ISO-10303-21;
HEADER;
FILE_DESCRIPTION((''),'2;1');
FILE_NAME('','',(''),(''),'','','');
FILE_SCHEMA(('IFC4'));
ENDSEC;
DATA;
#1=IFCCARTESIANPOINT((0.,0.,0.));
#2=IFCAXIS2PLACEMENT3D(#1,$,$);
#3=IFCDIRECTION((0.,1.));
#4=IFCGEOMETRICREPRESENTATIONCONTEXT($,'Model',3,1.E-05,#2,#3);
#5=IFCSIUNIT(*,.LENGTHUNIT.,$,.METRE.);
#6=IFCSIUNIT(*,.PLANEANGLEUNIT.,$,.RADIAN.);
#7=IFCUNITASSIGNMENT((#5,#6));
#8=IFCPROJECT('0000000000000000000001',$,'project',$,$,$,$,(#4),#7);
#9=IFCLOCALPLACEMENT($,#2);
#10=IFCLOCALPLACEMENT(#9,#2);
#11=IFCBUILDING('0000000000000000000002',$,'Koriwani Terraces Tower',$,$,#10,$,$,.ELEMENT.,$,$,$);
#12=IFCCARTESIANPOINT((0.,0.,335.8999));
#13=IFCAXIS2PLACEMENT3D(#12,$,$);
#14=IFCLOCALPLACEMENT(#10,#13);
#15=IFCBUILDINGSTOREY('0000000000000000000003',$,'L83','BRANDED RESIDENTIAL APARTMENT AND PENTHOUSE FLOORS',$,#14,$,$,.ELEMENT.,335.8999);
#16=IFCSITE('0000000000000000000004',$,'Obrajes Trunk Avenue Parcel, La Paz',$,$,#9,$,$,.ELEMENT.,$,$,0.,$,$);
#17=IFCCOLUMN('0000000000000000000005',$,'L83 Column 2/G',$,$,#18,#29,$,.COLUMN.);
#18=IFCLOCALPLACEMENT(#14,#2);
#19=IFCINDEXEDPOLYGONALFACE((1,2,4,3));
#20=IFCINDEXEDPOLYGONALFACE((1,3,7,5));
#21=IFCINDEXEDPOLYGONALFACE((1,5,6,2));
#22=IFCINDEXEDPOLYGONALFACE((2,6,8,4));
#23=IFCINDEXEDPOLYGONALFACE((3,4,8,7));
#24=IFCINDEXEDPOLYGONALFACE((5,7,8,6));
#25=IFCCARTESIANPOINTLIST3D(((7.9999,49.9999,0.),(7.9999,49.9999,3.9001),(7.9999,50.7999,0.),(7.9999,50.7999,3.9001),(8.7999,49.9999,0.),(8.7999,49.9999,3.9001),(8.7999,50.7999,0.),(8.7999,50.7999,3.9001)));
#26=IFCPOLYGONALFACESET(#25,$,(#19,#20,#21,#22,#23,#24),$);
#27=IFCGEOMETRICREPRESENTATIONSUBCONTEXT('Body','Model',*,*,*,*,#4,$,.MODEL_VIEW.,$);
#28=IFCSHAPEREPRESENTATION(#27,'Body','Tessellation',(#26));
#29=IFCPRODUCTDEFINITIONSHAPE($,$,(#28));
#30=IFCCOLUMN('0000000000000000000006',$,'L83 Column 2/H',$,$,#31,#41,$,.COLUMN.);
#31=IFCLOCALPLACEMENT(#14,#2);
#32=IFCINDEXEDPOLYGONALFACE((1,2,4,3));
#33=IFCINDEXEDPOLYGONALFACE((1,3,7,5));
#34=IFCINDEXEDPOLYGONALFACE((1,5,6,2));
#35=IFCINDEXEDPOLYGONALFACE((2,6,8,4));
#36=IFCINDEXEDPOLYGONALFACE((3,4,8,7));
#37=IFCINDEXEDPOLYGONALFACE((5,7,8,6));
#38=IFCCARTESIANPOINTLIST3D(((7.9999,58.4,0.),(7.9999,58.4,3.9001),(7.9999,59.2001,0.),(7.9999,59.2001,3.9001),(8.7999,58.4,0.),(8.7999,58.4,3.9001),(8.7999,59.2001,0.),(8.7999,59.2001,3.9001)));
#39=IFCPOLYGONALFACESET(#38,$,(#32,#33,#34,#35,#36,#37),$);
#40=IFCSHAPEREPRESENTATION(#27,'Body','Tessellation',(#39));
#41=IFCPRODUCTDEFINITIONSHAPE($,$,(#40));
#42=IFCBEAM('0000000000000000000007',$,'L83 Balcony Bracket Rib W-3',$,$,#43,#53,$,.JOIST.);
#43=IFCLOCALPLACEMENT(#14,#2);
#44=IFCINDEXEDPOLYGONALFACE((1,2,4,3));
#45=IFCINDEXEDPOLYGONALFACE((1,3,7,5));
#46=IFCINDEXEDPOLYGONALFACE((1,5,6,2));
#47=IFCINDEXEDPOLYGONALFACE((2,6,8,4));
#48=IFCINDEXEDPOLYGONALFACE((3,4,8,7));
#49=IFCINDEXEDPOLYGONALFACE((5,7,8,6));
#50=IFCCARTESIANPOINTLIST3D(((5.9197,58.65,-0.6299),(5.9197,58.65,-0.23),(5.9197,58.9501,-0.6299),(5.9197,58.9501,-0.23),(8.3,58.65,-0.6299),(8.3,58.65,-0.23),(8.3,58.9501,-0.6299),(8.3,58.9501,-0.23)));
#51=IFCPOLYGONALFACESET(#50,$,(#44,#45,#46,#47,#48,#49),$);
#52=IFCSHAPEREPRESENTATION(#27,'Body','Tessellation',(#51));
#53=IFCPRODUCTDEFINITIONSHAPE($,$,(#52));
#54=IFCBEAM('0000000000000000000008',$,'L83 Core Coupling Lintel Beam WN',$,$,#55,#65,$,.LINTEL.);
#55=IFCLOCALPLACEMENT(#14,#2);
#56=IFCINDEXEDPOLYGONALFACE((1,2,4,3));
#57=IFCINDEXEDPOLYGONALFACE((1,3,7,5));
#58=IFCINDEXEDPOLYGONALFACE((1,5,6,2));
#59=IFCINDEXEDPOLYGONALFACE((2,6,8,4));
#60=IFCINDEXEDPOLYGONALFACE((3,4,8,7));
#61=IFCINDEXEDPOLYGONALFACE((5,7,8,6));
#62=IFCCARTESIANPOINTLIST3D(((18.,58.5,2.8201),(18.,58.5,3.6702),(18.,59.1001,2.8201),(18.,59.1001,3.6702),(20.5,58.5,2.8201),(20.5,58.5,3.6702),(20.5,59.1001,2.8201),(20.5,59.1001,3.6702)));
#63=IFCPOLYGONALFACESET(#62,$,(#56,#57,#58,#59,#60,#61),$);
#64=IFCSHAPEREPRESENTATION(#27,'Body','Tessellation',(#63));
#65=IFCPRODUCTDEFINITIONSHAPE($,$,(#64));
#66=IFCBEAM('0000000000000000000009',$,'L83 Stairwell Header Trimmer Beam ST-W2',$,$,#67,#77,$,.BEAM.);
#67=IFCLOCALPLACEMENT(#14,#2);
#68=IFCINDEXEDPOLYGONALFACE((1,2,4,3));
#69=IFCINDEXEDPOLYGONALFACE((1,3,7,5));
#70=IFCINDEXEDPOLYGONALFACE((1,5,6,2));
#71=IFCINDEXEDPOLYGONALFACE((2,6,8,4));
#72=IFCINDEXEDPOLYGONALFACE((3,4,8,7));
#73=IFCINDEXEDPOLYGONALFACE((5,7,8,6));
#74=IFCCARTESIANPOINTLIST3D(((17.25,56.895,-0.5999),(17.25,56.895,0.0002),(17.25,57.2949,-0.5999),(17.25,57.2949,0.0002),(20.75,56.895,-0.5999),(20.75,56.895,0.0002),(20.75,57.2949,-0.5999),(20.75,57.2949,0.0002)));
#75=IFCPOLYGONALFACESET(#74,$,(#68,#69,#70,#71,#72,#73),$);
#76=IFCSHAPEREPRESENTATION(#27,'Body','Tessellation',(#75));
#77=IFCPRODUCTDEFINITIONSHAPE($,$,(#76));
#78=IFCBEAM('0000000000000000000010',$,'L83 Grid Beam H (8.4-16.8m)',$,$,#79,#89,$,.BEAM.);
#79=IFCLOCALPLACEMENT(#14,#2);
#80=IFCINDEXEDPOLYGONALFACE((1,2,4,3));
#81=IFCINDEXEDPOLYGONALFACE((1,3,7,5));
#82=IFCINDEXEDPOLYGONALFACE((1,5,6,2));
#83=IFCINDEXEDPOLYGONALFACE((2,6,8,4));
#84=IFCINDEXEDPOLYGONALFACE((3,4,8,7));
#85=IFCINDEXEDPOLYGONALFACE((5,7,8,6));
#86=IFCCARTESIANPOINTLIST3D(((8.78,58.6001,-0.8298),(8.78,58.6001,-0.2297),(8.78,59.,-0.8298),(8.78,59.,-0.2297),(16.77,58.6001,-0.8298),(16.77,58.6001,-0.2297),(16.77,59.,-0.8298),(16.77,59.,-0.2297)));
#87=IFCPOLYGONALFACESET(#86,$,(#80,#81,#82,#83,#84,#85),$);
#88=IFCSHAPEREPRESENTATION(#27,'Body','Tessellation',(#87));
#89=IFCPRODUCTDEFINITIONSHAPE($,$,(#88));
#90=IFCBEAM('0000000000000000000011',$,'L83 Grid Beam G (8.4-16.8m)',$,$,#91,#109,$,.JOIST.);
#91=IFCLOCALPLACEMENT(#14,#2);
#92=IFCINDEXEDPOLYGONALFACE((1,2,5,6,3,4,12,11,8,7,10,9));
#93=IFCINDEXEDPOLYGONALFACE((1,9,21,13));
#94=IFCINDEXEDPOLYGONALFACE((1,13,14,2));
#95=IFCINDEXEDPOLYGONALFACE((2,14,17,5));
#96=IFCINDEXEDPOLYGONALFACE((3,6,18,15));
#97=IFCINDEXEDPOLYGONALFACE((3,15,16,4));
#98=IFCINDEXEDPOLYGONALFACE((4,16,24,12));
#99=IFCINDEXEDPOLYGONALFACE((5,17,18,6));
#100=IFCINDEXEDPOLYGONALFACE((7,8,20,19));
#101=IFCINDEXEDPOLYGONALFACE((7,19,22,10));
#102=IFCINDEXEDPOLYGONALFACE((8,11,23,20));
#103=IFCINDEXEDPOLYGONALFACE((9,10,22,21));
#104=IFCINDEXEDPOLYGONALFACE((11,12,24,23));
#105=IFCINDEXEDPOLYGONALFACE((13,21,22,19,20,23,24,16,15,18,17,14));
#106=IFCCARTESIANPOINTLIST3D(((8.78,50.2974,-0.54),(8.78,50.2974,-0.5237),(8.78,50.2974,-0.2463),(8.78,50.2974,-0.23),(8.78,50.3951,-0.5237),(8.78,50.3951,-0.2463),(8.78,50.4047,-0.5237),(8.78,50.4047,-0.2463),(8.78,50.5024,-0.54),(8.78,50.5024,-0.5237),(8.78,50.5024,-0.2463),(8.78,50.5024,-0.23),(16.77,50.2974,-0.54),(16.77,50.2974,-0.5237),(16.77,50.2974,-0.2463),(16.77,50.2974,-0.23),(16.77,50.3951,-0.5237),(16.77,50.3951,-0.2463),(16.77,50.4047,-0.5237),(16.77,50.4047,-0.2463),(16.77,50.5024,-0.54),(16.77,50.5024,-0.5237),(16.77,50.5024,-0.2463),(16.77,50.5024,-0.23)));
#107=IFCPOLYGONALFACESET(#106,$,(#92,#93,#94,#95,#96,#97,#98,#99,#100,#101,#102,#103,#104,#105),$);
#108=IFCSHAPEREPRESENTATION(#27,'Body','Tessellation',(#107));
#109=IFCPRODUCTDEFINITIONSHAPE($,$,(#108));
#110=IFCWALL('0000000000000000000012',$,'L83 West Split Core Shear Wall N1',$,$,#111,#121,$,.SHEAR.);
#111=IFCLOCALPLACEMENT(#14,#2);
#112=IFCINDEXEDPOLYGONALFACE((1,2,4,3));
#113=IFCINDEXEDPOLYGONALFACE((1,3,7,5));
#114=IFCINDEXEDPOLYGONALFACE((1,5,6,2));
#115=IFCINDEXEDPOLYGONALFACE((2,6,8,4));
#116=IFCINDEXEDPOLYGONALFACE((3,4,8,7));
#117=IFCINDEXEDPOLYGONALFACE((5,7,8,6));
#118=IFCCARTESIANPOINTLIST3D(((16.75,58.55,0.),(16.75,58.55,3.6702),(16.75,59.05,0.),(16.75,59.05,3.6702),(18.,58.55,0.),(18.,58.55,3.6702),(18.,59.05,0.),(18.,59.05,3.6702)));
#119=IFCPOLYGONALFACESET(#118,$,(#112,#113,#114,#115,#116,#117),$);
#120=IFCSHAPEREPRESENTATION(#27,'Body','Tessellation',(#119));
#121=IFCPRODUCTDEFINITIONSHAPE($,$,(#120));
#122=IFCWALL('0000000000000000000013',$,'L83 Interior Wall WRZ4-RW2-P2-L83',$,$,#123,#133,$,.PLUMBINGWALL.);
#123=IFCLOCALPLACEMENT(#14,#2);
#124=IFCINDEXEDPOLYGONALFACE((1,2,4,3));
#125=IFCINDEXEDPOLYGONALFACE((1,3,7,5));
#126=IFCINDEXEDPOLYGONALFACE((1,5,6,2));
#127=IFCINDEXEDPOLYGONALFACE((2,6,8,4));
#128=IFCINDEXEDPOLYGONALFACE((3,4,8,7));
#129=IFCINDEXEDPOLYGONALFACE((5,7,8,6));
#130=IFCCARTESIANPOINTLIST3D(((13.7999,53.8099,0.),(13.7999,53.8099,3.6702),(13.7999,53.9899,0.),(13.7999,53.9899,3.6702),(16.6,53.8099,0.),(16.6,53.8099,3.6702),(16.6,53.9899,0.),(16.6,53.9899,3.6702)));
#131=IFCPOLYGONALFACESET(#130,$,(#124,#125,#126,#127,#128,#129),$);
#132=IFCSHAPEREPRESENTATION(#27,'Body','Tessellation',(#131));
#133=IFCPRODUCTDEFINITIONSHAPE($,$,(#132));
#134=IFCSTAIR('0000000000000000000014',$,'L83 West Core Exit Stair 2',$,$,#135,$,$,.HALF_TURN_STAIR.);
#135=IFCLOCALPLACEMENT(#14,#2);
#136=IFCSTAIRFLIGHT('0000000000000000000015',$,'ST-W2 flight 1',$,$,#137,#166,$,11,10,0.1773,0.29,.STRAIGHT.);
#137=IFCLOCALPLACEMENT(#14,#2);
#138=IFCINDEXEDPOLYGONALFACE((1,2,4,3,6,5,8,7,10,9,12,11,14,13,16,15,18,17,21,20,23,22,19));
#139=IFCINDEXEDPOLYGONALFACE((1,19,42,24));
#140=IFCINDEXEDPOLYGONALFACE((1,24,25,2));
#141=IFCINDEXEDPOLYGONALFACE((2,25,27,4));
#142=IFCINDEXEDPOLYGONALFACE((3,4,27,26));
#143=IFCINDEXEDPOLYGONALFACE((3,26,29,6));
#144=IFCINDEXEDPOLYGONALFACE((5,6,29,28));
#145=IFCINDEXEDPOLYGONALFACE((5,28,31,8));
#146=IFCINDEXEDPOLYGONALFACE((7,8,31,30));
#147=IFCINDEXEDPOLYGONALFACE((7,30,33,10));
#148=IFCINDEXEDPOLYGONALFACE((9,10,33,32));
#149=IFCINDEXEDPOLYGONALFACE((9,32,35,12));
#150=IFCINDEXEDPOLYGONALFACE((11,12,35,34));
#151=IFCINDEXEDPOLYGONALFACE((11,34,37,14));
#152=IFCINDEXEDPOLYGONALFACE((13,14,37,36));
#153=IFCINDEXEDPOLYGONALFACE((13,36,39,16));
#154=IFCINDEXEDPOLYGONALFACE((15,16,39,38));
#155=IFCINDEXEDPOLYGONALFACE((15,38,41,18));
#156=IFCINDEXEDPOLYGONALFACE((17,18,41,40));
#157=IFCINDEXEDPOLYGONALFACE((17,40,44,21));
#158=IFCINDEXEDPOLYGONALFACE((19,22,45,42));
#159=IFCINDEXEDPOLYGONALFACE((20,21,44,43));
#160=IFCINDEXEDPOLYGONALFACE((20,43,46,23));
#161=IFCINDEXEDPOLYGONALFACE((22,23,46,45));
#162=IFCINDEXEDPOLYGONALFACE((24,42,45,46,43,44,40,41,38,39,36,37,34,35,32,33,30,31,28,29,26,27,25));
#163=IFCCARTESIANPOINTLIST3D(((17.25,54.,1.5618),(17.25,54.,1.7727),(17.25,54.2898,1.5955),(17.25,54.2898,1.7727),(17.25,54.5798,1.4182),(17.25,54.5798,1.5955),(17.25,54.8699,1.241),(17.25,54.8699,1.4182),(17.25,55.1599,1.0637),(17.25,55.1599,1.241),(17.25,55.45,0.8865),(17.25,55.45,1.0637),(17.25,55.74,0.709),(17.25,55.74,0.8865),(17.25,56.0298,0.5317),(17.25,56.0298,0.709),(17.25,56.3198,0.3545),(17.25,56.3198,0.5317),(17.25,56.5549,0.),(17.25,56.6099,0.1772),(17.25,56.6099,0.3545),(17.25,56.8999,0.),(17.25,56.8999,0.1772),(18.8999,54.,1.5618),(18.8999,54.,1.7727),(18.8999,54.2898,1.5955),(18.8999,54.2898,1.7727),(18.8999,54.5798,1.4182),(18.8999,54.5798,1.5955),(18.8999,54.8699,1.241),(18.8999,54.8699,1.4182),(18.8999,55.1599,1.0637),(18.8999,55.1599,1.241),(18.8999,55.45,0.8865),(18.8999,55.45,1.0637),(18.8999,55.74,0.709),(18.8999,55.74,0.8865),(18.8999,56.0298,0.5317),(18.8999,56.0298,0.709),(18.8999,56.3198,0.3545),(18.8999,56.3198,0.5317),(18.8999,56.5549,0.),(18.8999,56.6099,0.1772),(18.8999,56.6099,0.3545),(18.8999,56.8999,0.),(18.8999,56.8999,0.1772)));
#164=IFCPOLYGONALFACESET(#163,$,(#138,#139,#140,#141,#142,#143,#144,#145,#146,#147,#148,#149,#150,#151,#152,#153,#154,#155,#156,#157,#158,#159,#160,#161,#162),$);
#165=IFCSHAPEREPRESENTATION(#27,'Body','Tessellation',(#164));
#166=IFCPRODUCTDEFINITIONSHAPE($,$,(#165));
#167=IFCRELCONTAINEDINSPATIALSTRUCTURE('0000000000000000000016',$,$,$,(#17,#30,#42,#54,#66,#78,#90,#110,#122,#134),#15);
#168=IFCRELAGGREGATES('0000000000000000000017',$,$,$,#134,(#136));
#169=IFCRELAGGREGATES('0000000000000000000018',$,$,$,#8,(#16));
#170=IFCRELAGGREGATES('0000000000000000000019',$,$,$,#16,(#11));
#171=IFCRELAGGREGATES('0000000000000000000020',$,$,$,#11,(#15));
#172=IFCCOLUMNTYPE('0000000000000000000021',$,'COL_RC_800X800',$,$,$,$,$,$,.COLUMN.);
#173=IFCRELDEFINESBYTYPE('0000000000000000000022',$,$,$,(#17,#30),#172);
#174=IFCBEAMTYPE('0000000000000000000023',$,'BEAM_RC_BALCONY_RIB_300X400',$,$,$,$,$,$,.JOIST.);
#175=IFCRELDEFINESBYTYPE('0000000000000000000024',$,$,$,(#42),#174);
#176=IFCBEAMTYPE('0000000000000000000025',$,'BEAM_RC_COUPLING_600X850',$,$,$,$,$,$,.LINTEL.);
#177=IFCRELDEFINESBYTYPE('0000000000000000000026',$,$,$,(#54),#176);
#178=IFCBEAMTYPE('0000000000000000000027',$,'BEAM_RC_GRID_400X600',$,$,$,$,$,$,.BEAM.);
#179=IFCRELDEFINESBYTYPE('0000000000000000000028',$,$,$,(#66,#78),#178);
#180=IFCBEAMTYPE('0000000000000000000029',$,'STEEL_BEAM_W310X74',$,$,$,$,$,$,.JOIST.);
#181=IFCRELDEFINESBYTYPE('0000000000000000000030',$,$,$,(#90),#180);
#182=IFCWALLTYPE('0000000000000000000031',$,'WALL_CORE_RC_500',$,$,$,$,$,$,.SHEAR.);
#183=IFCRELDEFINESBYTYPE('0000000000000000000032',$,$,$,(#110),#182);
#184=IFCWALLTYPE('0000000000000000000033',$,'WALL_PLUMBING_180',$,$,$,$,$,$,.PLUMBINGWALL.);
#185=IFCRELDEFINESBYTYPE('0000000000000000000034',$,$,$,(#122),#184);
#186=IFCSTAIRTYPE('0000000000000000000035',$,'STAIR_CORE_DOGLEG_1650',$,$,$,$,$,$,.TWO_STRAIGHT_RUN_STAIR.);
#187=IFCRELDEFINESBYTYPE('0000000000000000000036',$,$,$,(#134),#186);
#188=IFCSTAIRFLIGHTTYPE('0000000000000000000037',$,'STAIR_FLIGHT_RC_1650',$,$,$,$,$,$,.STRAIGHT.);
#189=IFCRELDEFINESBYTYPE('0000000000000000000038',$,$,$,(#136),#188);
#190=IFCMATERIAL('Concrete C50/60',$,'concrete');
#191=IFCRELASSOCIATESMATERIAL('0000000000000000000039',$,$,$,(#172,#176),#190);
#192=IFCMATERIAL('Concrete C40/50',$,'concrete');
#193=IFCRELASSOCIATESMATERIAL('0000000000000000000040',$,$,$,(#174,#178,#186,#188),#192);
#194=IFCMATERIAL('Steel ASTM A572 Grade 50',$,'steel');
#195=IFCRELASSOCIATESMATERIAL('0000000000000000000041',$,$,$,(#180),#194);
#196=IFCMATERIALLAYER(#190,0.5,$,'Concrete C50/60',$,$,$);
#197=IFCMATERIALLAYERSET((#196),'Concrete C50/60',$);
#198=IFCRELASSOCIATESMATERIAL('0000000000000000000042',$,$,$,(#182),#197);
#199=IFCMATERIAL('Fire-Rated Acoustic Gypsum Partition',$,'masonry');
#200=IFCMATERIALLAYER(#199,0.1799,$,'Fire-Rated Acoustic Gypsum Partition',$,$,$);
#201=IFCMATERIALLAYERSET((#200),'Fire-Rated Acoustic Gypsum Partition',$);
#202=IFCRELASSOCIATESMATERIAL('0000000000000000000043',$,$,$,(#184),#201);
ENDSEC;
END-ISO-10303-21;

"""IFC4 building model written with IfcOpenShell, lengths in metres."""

from ifc_helpers import new_model, si_unit, direction, frame, frame_2d, origin, origin_2d, place, context, subcontext, project, spatial, polyline, rectangle, i_section, outline, extrude, material, layer, layer_set, material_profile, profile_set, type_object, element, aggregate, save


model = new_model("IFC4")

# Units and contexts
model_context = context("Model", 3, precision=1e-05, world=origin(), true_north=direction((0.0, 1.0)))
body_context = subcontext(model_context, "Body", "Model", "MODEL_VIEW")
ifc_project = project(units=[si_unit("LENGTHUNIT", "METRE"), si_unit("PLANEANGLEUNIT", "RADIAN")], contexts=[model_context])

# Site, building, storey
site_placement = place(None, origin())
site = spatial("IfcSite", under=ifc_project, at=site_placement, Name="Obrajes Trunk Avenue Parcel, La Paz", CompositionType="ELEMENT", RefElevation=0.0)
building_placement = place(site_placement, origin())
building = spatial("IfcBuilding", under=site, at=building_placement, Name="Koriwani Terraces Tower", CompositionType="ELEMENT")
storey_placement = place(building_placement, frame((0.0, 0.0, 335.8999)))
storey = spatial("IfcBuildingStorey", under=building, at=storey_placement, Name="L83", Description="BRANDED RESIDENTIAL APARTMENT AND PENTHOUSE FLOORS", CompositionType="ELEMENT", Elevation=335.8999)

# Columns
ifc_material_1 = material(Name="Concrete C50/60", Category="concrete")
ifc_material_profile_1 = material_profile(ifc_material_1, rectangle(XDim=0.8, YDim=0.8, at=origin_2d()), Name="Concrete C50/60", Category="LoadBearing")
ifc_profile_set_1 = profile_set([ifc_material_profile_1], Name="Concrete C50/60")
column_type = type_object("IfcColumnType", Name="COL_RC_800X800", PredefinedType="COLUMN", material=ifc_profile_set_1)
for number, where, z_axis, x_axis, name in (
    (1, (8.3999, 50.3999, 0.0), (0.0, 0.0, 1.0), (1.0, 0.0, 0.0), "L83 Column 2/G"),
    (2, (8.3999, 58.8, 0.0), (0.0, 0.0, 1.0), (1.0, 0.0, 0.0), "L83 Column 2/H"),
):
    element("IfcColumn", number, at=place(storey_placement, frame(where, z_axis=z_axis, x_axis=x_axis)), inside=storey, type_object=column_type, Name=name, PredefinedType="COLUMN", context=body_context, shape_type="SweptSolid", body=[
        extrude(rectangle(XDim=0.8, YDim=0.8, at=origin_2d()), origin(), (0.0, 0.0, 1.0), 3.9001),
    ])

# Beams
ifc_material_2 = material(Name="Concrete C40/50", Category="concrete")
ifc_material_profile_2 = material_profile(ifc_material_2, rectangle(XDim=0.3, YDim=0.3999, at=origin_2d()), Name="Concrete C40/50", Category="LoadBearing")
ifc_profile_set_2 = profile_set([ifc_material_profile_2], Name="Concrete C40/50")
beam_type_1 = type_object("IfcBeamType", Name="BEAM_RC_BALCONY_RIB_300X400", PredefinedType="JOIST", material=ifc_profile_set_2)
beam_1_placement = place(storey_placement, frame((5.9197, 58.8, -0.4299), z_axis=(1.0, 0.0, 0.0), x_axis=(0.0, 1.0, 0.0)))
element("IfcBeam", 3, at=beam_1_placement, inside=storey, type_object=beam_type_1, Name="L83 Balcony Bracket Rib W-3", PredefinedType="JOIST", context=body_context, shape_type="SweptSolid", body=[
    extrude(rectangle(XDim=0.3, YDim=0.3999, at=origin_2d()), origin(), (0.0, 0.0, 1.0), 2.3804),
])
ifc_material_profile_3 = material_profile(ifc_material_1, rectangle(XDim=0.6001, YDim=0.8501, at=origin_2d()), Name="Concrete C50/60", Category="LoadBearing")
ifc_profile_set_3 = profile_set([ifc_material_profile_3], Name="Concrete C50/60")
beam_type_2 = type_object("IfcBeamType", Name="BEAM_RC_COUPLING_600X850", PredefinedType="LINTEL", material=ifc_profile_set_3)
beam_2_placement = place(storey_placement, frame((18.0, 58.8, 3.2451), z_axis=(1.0, 0.0, 0.0), x_axis=(0.0, 1.0, 0.0)))
element("IfcBeam", 4, at=beam_2_placement, inside=storey, type_object=beam_type_2, Name="L83 Core Coupling Lintel Beam WN", PredefinedType="LINTEL", context=body_context, shape_type="SweptSolid", body=[
    extrude(rectangle(XDim=0.6001, YDim=0.8501, at=origin_2d()), origin(), (0.0, 0.0, 1.0), 2.5),
])
ifc_material_profile_4 = material_profile(ifc_material_2, rectangle(XDim=0.3999, YDim=0.6001, at=origin_2d()), Name="Concrete C40/50", Category="LoadBearing")
ifc_profile_set_4 = profile_set([ifc_material_profile_4], Name="Concrete C40/50")
beam_type_3 = type_object("IfcBeamType", Name="BEAM_RC_GRID_400X600", PredefinedType="BEAM", material=ifc_profile_set_4)
beam_3_placement = place(storey_placement, frame((17.25, 57.095, -0.2998), z_axis=(1.0, 0.0, 0.0), x_axis=(0.0, 1.0, 0.0)))
element("IfcBeam", 5, at=beam_3_placement, inside=storey, type_object=beam_type_3, Name="L83 Stairwell Header Trimmer Beam ST-W2", PredefinedType="BEAM", context=body_context, shape_type="SweptSolid", body=[
    extrude(rectangle(XDim=0.3999, YDim=0.6001, at=origin_2d()), origin(), (0.0, 0.0, 1.0), 3.5),
])
beam_4_placement = place(storey_placement, frame((8.78, 58.8, -0.5298), z_axis=(1.0, 0.0, 0.0), x_axis=(0.0, 1.0, 0.0)))
element("IfcBeam", 6, at=beam_4_placement, inside=storey, type_object=beam_type_3, Name="L83 Grid Beam H (8.4-16.8m)", PredefinedType="BEAM", context=body_context, shape_type="SweptSolid", body=[
    extrude(rectangle(XDim=0.3999, YDim=0.6001, at=origin_2d()), origin(), (0.0, 0.0, 1.0), 7.99),
])
ifc_material_3 = material(Name="Steel ASTM A572 Grade 50", Category="steel")
ifc_material_profile_5 = material_profile(ifc_material_3, i_section(OverallWidth=0.2051, OverallDepth=0.3101, WebThickness=0.0095, FlangeThickness=0.0164, at=origin_2d()), Name="Steel ASTM A572 Grade 50", Category="LoadBearing")
ifc_profile_set_5 = profile_set([ifc_material_profile_5], Name="Steel ASTM A572 Grade 50")
beam_type_4 = type_object("IfcBeamType", Name="STEEL_BEAM_W310X74", PredefinedType="JOIST", material=ifc_profile_set_5)
beam_5_placement = place(storey_placement, frame((8.78, 50.3999, -0.385), z_axis=(1.0, 0.0, 0.0), x_axis=(0.0, 1.0, 0.0)))
element("IfcBeam", 7, at=beam_5_placement, inside=storey, type_object=beam_type_4, Name="L83 Grid Beam G (8.4-16.8m)", PredefinedType="JOIST", context=body_context, shape_type="SweptSolid", body=[
    extrude(i_section(OverallWidth=0.2051, OverallDepth=0.3101, WebThickness=0.0095, FlangeThickness=0.0164, at=origin_2d()), origin(), (0.0, 0.0, 1.0), 7.99),
])

# Walls
ifc_layer_1 = layer(ifc_material_1, 0.5, Name="Concrete C50/60")
ifc_layer_set_1 = layer_set([ifc_layer_1], Name="Concrete C50/60")
wall_type_1 = type_object("IfcWallType", Name="WALL_CORE_RC_500", PredefinedType="SHEAR", material=ifc_layer_set_1)
wall_1_placement = place(storey_placement, frame((16.75, 58.8, 0.0), z_axis=(0.0, 0.0, 1.0), x_axis=(1.0, 0.0, 0.0)))
element("IfcWall", 8, at=wall_1_placement, inside=storey, type_object=wall_type_1, Name="L83 West Split Core Shear Wall N1", PredefinedType="SHEAR", context=body_context, shape_type="SweptSolid", body=[
    extrude(rectangle(XDim=1.25, YDim=0.5, at=frame_2d((0.625, 0.0))), origin(), (0.0, 0.0, 1.0), 3.6702),
])
ifc_material_4 = material(Name="Fire-Rated Acoustic Gypsum Partition", Category="masonry")
ifc_layer_2 = layer(ifc_material_4, 0.1799, Name="Fire-Rated Acoustic Gypsum Partition")
ifc_layer_set_2 = layer_set([ifc_layer_2], Name="Fire-Rated Acoustic Gypsum Partition")
wall_type_2 = type_object("IfcWallType", Name="WALL_PLUMBING_180", PredefinedType="PLUMBINGWALL", material=ifc_layer_set_2)
wall_2_placement = place(storey_placement, frame((13.8, 53.8999, 0.0), z_axis=(0.0, 0.0, 1.0), x_axis=(1.0, 0.0, 0.0)))
element("IfcWall", 9, at=wall_2_placement, inside=storey, type_object=wall_type_2, Name="L83 Interior Wall WRZ4-RW2-P2-L83", PredefinedType="PLUMBINGWALL", context=body_context, shape_type="SweptSolid", body=[
    extrude(rectangle(XDim=2.8, YDim=0.1799, at=frame_2d((1.3999, 0.0))), origin(), (0.0, 0.0, 1.0), 3.6702),
])

# Stair, stair flight
stair_type = type_object("IfcStairType", Name="STAIR_CORE_DOGLEG_1650", PredefinedType="TWO_STRAIGHT_RUN_STAIR", material=ifc_material_2)
stair_placement = place(storey_placement, origin())
stair = element("IfcStair", 10, at=stair_placement, inside=storey, type_object=stair_type, Name="L83 West Core Exit Stair 2", PredefinedType="HALF_TURN_STAIR")
stair_flight_type = type_object("IfcStairFlightType", Name="STAIR_FLIGHT_RC_1650", PredefinedType="STRAIGHT", material=ifc_material_2)
stair_flight_1_placement = place(storey_placement, frame((18.075, 56.8999, 0.0), z_axis=(0.0, 0.0, 1.0), x_axis=(0.0, -1.0, 0.0)))
stair_flight_1 = element("IfcStairFlight", 11, at=stair_flight_1_placement, type_object=stair_flight_type, Name="ST-W2 flight 1", NumberOfRisers=11, NumberOfTreads=10, PredefinedType="STRAIGHT", RiserHeight=0.1773, TreadLength=0.29, context=body_context, shape_type="SweptSolid", body=[
    extrude(outline(polyline([(0.0, 0.0), (0.0, 0.1772), (0.29, 0.1772), (0.29, 0.3545), (0.5801, 0.3545), (0.5801, 0.5317), (0.8701, 0.5317), (0.8701, 0.709), (1.1599, 0.709), (1.1599, 0.8865), (1.45, 0.8865), (1.45, 1.0637), (1.74, 1.0637), (1.74, 1.241), (2.03, 1.241), (2.03, 1.4182), (2.3201, 1.4182), (2.3201, 1.5955), (2.6101, 1.5955), (2.6101, 1.7727), (2.8999, 1.7727), (2.8999, 1.95), (2.8999, 1.5618), (0.345, 0.0), (0.0, 0.0)])), frame((0.0, 0.825, 0.0), z_axis=(0.0, -1.0, 0.0), x_axis=(1.0, 0.0, 0.0)), (0.0, 0.0, 1.0), 1.6499),
])
aggregate(stair, [stair_flight_1])

save(model, "model.ifc")
